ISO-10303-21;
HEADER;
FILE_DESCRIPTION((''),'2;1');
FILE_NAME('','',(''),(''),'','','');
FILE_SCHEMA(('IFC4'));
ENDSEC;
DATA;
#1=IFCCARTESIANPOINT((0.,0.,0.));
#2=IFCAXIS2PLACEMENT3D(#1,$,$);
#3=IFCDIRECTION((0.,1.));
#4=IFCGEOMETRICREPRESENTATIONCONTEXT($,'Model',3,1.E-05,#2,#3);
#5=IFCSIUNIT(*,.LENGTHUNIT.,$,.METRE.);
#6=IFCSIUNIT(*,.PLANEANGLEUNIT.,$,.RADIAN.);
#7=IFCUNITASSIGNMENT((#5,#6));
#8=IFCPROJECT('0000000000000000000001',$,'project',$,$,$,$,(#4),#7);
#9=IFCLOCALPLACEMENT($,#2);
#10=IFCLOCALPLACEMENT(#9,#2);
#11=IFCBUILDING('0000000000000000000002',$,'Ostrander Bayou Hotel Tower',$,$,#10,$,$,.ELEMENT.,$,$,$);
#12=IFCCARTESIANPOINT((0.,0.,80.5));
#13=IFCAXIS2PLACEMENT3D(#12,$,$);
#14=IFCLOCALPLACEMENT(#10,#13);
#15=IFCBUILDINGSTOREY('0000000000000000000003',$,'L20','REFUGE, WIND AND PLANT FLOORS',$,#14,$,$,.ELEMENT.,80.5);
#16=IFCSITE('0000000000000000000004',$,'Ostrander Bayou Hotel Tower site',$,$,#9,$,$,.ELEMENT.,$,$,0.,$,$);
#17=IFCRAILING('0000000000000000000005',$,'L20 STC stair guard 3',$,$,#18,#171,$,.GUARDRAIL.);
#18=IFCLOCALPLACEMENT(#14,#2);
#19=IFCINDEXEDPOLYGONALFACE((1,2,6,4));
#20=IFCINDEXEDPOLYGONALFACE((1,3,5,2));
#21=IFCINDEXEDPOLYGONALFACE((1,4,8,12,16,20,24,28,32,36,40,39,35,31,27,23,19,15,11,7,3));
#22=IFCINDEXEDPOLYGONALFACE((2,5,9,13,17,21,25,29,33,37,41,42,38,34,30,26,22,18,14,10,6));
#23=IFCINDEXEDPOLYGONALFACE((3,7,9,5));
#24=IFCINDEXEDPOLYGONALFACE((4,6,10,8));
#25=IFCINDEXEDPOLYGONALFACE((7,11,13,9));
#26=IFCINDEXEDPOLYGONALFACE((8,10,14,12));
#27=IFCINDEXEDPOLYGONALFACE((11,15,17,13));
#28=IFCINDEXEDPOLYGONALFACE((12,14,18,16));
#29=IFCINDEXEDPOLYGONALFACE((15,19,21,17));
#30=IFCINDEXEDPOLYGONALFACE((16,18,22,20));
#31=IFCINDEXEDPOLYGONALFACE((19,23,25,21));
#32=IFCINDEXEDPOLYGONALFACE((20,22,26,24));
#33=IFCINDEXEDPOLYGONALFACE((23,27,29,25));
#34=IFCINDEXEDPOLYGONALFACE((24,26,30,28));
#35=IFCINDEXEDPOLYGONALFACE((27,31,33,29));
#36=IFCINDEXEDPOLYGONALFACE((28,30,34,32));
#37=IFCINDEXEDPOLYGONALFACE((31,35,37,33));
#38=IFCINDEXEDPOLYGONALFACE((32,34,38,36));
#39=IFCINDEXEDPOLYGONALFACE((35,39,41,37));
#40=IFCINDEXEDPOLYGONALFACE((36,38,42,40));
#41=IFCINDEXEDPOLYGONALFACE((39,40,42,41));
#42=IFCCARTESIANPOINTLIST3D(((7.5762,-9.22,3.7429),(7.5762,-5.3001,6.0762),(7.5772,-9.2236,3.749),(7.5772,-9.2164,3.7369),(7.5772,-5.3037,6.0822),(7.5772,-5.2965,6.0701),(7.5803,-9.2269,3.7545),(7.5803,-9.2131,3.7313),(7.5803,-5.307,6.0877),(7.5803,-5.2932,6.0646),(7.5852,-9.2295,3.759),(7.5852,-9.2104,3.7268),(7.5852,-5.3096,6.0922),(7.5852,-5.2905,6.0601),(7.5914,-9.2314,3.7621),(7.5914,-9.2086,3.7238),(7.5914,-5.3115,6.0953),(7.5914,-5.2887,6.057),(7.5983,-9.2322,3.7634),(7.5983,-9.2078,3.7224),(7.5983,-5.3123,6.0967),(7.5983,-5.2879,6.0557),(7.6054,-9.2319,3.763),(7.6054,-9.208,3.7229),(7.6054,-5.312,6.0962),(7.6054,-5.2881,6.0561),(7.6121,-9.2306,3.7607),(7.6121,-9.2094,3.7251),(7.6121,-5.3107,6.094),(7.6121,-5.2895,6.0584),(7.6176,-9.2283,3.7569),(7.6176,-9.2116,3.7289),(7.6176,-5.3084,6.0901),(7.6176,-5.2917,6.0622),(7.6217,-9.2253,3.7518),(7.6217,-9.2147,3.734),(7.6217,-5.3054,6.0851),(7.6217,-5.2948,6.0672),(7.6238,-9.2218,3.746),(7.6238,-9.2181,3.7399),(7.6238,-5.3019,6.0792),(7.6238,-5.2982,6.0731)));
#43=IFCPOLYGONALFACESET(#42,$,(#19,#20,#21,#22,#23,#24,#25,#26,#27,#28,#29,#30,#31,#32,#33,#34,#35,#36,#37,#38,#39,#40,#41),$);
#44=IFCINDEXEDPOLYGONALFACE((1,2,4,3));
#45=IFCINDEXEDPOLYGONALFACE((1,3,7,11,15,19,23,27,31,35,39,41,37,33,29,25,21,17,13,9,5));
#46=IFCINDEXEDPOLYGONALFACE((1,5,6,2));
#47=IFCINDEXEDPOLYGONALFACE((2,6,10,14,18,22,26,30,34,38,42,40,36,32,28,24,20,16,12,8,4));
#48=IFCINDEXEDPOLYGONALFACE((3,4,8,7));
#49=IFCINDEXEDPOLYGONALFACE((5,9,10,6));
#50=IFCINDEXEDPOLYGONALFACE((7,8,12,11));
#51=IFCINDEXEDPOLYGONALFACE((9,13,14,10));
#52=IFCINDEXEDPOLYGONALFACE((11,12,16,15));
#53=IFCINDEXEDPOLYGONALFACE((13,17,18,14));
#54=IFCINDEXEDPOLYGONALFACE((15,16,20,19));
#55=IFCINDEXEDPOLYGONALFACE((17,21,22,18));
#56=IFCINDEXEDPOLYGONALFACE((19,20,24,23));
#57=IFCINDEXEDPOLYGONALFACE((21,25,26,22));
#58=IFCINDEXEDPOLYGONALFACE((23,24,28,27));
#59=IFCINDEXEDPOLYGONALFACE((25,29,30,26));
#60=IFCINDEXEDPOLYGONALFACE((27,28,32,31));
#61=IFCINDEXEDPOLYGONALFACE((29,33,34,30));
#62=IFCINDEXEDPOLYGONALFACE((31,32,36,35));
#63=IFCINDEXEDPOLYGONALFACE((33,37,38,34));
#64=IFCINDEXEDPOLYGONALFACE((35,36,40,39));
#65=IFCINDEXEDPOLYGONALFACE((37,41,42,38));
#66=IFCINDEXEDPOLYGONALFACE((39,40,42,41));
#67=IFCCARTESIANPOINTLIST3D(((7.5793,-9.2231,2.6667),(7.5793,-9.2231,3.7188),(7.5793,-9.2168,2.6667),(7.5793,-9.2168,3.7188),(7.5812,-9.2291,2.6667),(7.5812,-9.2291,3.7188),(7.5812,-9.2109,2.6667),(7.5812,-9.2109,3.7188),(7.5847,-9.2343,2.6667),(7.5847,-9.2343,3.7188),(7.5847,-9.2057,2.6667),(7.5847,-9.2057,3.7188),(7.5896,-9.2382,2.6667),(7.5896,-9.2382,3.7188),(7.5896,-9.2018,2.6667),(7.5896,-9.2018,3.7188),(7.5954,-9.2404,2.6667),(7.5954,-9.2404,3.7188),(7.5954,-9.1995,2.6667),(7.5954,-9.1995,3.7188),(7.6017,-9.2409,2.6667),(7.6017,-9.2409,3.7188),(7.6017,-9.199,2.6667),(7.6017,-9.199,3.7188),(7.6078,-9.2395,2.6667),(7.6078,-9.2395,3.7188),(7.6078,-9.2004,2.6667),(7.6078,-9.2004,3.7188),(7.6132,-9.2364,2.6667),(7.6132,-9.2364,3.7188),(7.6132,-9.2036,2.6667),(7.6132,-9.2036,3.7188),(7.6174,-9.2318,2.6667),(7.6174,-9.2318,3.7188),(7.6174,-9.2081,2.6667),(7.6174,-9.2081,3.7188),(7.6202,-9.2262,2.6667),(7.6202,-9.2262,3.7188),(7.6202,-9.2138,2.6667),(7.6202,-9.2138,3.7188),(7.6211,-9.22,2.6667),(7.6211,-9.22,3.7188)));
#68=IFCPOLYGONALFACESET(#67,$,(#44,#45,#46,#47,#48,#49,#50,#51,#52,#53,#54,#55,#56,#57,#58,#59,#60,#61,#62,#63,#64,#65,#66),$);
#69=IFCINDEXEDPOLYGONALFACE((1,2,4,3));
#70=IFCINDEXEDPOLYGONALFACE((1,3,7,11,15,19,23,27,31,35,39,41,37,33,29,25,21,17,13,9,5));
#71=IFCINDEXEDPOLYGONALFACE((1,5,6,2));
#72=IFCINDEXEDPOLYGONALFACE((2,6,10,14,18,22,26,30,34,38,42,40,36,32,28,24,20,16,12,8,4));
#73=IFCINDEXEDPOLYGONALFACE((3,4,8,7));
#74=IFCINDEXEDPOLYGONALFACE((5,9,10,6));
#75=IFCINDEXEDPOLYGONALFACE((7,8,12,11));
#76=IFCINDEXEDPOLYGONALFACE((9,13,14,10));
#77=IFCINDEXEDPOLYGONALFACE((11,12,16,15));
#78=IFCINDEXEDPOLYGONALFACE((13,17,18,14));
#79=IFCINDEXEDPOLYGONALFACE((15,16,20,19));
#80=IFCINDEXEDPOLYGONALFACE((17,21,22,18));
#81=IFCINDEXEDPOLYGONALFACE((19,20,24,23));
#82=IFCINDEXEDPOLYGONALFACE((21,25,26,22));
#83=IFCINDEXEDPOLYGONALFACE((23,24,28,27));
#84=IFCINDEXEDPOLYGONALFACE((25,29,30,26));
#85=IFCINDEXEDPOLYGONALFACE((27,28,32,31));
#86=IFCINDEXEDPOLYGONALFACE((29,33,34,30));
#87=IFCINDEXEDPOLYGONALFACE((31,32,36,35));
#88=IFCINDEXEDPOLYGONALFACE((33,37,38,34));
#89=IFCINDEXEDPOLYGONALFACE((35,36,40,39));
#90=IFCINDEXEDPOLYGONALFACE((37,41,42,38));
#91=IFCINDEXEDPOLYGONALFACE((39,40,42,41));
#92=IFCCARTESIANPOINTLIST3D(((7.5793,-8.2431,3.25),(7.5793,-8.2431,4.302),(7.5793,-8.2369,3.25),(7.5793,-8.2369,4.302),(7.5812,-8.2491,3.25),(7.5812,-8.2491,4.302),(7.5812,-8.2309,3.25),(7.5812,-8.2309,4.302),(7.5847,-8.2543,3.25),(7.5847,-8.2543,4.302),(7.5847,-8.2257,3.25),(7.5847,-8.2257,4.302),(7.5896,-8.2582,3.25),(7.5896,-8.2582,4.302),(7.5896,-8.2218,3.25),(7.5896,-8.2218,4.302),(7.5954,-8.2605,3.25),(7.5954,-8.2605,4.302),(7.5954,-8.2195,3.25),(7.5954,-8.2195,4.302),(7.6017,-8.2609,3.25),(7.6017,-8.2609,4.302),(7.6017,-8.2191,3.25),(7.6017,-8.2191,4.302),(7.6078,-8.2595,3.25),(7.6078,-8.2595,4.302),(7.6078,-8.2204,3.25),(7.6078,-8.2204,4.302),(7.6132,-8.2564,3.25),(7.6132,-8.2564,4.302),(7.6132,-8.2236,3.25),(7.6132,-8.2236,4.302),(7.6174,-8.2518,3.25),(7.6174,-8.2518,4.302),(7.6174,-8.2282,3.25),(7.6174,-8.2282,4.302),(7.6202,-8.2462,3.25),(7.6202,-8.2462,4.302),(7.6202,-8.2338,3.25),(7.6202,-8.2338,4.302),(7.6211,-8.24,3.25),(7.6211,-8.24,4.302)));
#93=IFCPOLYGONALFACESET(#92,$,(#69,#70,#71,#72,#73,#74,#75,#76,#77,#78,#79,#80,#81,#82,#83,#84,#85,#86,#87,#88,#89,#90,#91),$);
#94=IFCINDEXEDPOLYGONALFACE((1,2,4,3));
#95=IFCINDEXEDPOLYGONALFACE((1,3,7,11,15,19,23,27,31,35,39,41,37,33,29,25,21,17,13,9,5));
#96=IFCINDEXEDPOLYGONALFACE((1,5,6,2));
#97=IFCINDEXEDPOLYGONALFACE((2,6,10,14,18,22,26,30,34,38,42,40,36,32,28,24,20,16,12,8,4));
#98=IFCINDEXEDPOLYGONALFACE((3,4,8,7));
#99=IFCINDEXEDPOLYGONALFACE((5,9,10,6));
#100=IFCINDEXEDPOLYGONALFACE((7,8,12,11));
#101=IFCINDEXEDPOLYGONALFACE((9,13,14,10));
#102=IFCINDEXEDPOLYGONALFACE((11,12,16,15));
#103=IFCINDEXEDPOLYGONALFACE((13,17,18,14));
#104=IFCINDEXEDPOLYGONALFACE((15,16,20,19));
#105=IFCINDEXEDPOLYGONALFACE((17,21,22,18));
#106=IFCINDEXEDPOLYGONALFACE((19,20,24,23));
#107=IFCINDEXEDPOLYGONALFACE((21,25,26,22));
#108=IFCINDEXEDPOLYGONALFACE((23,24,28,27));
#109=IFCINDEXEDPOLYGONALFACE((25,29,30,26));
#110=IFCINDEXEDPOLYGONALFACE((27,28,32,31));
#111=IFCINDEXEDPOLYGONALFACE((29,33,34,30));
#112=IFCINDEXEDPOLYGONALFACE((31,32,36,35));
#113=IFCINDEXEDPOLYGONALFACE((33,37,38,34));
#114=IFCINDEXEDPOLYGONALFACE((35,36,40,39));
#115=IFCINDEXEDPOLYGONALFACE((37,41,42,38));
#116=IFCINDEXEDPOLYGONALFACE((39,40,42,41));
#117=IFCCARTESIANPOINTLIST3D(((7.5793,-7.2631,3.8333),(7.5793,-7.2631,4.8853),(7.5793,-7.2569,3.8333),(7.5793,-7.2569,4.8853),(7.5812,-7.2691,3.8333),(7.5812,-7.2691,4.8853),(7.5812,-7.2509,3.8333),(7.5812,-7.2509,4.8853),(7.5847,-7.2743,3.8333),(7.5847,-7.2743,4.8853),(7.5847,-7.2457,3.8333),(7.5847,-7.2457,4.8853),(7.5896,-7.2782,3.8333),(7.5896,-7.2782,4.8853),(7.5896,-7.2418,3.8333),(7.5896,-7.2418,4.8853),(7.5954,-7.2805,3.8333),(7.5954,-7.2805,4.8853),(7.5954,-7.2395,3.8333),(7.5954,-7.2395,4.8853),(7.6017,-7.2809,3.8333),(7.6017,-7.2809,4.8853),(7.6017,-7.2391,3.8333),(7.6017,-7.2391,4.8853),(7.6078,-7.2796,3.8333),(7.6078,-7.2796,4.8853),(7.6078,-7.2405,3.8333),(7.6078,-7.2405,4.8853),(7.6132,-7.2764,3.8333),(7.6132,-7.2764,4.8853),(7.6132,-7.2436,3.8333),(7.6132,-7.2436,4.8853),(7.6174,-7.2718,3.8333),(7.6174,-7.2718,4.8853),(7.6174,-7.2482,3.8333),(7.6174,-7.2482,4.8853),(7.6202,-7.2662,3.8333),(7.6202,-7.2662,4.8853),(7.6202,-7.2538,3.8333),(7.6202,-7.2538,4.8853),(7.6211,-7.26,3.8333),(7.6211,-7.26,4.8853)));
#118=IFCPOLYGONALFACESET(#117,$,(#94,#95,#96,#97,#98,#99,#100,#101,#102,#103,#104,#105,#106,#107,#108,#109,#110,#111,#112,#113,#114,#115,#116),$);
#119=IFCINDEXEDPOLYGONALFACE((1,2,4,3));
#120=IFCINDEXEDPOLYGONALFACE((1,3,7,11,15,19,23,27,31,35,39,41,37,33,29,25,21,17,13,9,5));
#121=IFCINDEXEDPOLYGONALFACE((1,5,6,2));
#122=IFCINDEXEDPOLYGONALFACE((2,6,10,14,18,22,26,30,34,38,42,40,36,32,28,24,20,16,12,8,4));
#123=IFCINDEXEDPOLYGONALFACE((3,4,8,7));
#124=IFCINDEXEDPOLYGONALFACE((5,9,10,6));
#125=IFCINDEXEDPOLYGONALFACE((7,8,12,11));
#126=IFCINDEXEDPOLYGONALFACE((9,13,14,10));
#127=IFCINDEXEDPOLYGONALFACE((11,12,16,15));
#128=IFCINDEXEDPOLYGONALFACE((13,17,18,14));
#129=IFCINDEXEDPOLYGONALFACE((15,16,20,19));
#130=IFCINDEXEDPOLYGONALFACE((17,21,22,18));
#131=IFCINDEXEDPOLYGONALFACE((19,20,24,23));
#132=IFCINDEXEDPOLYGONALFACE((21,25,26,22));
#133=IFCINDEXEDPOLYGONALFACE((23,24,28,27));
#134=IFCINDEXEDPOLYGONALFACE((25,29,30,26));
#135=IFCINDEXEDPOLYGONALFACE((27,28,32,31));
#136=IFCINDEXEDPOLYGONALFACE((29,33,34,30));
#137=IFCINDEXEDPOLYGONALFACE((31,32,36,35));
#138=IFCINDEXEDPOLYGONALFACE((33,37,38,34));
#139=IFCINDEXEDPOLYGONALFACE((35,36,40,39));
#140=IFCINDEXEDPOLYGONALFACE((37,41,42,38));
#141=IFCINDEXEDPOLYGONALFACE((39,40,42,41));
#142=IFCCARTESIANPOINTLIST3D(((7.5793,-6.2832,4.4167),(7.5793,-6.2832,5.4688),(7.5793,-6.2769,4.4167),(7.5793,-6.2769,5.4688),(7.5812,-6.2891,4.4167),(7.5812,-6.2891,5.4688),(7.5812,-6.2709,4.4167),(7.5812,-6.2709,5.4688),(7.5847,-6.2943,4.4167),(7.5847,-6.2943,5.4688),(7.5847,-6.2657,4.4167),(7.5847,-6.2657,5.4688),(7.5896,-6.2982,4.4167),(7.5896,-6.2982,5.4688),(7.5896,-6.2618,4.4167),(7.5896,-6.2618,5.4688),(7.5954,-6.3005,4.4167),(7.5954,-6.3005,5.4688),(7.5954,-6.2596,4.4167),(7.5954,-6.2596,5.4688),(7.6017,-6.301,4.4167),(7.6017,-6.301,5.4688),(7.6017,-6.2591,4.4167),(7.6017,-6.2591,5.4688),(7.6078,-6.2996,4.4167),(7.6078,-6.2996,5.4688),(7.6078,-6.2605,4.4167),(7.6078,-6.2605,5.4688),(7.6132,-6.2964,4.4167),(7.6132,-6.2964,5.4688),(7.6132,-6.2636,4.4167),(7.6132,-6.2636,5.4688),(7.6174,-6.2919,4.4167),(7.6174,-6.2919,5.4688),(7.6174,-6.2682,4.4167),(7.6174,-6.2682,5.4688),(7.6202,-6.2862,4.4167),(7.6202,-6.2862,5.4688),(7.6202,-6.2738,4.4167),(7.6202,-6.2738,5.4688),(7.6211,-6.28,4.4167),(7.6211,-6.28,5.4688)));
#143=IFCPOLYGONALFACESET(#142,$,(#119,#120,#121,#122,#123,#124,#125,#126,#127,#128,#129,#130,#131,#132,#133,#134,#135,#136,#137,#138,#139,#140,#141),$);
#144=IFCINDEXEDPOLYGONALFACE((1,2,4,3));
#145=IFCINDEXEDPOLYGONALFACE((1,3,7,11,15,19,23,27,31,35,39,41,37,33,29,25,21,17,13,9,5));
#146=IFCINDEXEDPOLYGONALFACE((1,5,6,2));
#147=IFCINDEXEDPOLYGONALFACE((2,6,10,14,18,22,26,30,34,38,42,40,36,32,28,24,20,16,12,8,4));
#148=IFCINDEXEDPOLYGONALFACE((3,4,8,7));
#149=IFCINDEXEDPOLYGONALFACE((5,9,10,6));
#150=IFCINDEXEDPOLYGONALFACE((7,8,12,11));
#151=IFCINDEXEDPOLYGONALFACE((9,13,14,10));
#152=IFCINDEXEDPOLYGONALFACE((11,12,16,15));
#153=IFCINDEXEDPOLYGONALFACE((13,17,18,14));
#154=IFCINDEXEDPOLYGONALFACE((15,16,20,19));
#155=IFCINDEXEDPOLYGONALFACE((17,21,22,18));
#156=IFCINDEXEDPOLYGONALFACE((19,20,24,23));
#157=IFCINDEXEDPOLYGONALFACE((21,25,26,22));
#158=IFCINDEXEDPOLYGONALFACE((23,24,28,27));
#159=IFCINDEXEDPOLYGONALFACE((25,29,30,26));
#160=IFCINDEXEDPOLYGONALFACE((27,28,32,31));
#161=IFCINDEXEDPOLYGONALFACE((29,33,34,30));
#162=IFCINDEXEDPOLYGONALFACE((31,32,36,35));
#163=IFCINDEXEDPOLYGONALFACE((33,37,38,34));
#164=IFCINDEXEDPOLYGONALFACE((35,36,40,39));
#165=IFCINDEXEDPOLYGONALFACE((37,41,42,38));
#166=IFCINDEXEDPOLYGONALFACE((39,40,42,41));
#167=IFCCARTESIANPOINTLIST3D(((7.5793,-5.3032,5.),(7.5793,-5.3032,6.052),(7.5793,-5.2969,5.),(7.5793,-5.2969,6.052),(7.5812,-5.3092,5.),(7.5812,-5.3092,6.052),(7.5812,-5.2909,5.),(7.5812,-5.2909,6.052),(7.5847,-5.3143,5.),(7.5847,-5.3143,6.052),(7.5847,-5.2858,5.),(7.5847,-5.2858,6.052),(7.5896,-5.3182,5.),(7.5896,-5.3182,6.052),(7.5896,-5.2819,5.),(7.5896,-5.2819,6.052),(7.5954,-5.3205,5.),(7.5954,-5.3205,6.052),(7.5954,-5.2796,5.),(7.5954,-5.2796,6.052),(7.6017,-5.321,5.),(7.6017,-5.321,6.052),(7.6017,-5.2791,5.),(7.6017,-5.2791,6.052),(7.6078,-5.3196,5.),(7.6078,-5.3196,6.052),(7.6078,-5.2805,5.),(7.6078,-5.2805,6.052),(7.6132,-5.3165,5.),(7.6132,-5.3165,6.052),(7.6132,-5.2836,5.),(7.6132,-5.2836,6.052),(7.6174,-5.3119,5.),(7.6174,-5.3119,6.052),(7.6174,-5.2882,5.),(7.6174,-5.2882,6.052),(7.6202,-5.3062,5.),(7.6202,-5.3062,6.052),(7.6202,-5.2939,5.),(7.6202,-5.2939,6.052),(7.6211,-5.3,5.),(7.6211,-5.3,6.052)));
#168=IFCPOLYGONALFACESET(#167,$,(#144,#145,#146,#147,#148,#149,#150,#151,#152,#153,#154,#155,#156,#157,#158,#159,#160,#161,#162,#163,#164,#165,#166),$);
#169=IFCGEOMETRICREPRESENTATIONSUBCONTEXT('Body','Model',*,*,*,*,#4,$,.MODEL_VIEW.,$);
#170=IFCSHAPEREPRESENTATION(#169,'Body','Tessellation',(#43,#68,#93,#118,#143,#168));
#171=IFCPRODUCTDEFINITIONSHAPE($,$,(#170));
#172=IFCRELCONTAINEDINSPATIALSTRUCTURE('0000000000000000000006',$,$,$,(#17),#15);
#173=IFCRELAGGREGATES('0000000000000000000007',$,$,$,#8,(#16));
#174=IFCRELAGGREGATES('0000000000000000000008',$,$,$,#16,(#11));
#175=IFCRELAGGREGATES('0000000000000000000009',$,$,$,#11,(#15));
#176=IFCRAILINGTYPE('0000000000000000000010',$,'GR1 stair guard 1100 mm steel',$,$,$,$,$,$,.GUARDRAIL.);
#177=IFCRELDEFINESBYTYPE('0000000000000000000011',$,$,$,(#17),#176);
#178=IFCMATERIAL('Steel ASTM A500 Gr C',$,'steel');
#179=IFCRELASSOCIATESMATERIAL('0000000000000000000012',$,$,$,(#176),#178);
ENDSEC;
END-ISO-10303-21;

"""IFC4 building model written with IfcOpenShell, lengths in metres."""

from ifc_helpers import new_model, si_unit, direction, frame, origin, origin_2d, place, context, subcontext, project, spatial, circle, extrude, material, type_object, element, save


model = new_model("IFC4")

# Units and contexts
model_context = context("Model", 3, precision=1e-05, world=origin(), true_north=direction((0.0, 1.0)))
body_context = subcontext(model_context, "Body", "Model", "MODEL_VIEW")
ifc_project = project(units=[si_unit("LENGTHUNIT", "METRE"), si_unit("PLANEANGLEUNIT", "RADIAN")], contexts=[model_context])

# Site, building, storey
site_placement = place(None, origin())
site = spatial("IfcSite", under=ifc_project, at=site_placement, Name="Ostrander Bayou Hotel Tower site", CompositionType="ELEMENT", RefElevation=0.0)
building_placement = place(site_placement, origin())
building = spatial("IfcBuilding", under=site, at=building_placement, Name="Ostrander Bayou Hotel Tower", CompositionType="ELEMENT")
storey_placement = place(building_placement, frame((0.0, 0.0, 80.5)))
storey = spatial("IfcBuildingStorey", under=building, at=storey_placement, Name="L20", Description="REFUGE, WIND AND PLANT FLOORS", CompositionType="ELEMENT", Elevation=80.5)

# Railing
ifc_material_1 = material(Name="Steel ASTM A500 Gr C", Category="steel")
railing_type_1 = type_object("IfcRailingType", Name="GR1 stair guard 1100 mm steel", PredefinedType="GUARDRAIL", material=ifc_material_1)
railing_1_placement = place(storey_placement, frame((7.6001, -9.22, 2.6667)))
element("IfcRailing", 1, at=railing_1_placement, inside=storey, type_object=railing_type_1, Name="L20 STC stair guard 3", PredefinedType="GUARDRAIL", context=body_context, shape_type="SweptSolid", body=[
    extrude(circle(Radius=0.0239, at=origin_2d()), frame((0.0, 0.0, 1.0762), z_axis=(0.0, 0.859296, 0.511478), x_axis=(-1.0, 0.0, 0.0)), (0.0, 0.0, 1.0), 4.5618),
    extrude(circle(Radius=0.021, at=origin_2d()), origin(), (0.0, 0.0, 1.0), 1.052),
    extrude(circle(Radius=0.021, at=origin_2d()), frame((0.0, 0.98, 0.5833)), (0.0, 0.0, 1.0), 1.052),
    extrude(circle(Radius=0.021, at=origin_2d()), frame((0.0, 1.96, 1.1665)), (0.0, 0.0, 1.0), 1.052),
    extrude(circle(Radius=0.021, at=origin_2d()), frame((0.0, 2.9399, 1.75)), (0.0, 0.0, 1.0), 1.052),
    extrude(circle(Radius=0.021, at=origin_2d()), frame((0.0, 3.9199, 2.3333)), (0.0, 0.0, 1.0), 1.052),
])

save(model, "model.ifc")
